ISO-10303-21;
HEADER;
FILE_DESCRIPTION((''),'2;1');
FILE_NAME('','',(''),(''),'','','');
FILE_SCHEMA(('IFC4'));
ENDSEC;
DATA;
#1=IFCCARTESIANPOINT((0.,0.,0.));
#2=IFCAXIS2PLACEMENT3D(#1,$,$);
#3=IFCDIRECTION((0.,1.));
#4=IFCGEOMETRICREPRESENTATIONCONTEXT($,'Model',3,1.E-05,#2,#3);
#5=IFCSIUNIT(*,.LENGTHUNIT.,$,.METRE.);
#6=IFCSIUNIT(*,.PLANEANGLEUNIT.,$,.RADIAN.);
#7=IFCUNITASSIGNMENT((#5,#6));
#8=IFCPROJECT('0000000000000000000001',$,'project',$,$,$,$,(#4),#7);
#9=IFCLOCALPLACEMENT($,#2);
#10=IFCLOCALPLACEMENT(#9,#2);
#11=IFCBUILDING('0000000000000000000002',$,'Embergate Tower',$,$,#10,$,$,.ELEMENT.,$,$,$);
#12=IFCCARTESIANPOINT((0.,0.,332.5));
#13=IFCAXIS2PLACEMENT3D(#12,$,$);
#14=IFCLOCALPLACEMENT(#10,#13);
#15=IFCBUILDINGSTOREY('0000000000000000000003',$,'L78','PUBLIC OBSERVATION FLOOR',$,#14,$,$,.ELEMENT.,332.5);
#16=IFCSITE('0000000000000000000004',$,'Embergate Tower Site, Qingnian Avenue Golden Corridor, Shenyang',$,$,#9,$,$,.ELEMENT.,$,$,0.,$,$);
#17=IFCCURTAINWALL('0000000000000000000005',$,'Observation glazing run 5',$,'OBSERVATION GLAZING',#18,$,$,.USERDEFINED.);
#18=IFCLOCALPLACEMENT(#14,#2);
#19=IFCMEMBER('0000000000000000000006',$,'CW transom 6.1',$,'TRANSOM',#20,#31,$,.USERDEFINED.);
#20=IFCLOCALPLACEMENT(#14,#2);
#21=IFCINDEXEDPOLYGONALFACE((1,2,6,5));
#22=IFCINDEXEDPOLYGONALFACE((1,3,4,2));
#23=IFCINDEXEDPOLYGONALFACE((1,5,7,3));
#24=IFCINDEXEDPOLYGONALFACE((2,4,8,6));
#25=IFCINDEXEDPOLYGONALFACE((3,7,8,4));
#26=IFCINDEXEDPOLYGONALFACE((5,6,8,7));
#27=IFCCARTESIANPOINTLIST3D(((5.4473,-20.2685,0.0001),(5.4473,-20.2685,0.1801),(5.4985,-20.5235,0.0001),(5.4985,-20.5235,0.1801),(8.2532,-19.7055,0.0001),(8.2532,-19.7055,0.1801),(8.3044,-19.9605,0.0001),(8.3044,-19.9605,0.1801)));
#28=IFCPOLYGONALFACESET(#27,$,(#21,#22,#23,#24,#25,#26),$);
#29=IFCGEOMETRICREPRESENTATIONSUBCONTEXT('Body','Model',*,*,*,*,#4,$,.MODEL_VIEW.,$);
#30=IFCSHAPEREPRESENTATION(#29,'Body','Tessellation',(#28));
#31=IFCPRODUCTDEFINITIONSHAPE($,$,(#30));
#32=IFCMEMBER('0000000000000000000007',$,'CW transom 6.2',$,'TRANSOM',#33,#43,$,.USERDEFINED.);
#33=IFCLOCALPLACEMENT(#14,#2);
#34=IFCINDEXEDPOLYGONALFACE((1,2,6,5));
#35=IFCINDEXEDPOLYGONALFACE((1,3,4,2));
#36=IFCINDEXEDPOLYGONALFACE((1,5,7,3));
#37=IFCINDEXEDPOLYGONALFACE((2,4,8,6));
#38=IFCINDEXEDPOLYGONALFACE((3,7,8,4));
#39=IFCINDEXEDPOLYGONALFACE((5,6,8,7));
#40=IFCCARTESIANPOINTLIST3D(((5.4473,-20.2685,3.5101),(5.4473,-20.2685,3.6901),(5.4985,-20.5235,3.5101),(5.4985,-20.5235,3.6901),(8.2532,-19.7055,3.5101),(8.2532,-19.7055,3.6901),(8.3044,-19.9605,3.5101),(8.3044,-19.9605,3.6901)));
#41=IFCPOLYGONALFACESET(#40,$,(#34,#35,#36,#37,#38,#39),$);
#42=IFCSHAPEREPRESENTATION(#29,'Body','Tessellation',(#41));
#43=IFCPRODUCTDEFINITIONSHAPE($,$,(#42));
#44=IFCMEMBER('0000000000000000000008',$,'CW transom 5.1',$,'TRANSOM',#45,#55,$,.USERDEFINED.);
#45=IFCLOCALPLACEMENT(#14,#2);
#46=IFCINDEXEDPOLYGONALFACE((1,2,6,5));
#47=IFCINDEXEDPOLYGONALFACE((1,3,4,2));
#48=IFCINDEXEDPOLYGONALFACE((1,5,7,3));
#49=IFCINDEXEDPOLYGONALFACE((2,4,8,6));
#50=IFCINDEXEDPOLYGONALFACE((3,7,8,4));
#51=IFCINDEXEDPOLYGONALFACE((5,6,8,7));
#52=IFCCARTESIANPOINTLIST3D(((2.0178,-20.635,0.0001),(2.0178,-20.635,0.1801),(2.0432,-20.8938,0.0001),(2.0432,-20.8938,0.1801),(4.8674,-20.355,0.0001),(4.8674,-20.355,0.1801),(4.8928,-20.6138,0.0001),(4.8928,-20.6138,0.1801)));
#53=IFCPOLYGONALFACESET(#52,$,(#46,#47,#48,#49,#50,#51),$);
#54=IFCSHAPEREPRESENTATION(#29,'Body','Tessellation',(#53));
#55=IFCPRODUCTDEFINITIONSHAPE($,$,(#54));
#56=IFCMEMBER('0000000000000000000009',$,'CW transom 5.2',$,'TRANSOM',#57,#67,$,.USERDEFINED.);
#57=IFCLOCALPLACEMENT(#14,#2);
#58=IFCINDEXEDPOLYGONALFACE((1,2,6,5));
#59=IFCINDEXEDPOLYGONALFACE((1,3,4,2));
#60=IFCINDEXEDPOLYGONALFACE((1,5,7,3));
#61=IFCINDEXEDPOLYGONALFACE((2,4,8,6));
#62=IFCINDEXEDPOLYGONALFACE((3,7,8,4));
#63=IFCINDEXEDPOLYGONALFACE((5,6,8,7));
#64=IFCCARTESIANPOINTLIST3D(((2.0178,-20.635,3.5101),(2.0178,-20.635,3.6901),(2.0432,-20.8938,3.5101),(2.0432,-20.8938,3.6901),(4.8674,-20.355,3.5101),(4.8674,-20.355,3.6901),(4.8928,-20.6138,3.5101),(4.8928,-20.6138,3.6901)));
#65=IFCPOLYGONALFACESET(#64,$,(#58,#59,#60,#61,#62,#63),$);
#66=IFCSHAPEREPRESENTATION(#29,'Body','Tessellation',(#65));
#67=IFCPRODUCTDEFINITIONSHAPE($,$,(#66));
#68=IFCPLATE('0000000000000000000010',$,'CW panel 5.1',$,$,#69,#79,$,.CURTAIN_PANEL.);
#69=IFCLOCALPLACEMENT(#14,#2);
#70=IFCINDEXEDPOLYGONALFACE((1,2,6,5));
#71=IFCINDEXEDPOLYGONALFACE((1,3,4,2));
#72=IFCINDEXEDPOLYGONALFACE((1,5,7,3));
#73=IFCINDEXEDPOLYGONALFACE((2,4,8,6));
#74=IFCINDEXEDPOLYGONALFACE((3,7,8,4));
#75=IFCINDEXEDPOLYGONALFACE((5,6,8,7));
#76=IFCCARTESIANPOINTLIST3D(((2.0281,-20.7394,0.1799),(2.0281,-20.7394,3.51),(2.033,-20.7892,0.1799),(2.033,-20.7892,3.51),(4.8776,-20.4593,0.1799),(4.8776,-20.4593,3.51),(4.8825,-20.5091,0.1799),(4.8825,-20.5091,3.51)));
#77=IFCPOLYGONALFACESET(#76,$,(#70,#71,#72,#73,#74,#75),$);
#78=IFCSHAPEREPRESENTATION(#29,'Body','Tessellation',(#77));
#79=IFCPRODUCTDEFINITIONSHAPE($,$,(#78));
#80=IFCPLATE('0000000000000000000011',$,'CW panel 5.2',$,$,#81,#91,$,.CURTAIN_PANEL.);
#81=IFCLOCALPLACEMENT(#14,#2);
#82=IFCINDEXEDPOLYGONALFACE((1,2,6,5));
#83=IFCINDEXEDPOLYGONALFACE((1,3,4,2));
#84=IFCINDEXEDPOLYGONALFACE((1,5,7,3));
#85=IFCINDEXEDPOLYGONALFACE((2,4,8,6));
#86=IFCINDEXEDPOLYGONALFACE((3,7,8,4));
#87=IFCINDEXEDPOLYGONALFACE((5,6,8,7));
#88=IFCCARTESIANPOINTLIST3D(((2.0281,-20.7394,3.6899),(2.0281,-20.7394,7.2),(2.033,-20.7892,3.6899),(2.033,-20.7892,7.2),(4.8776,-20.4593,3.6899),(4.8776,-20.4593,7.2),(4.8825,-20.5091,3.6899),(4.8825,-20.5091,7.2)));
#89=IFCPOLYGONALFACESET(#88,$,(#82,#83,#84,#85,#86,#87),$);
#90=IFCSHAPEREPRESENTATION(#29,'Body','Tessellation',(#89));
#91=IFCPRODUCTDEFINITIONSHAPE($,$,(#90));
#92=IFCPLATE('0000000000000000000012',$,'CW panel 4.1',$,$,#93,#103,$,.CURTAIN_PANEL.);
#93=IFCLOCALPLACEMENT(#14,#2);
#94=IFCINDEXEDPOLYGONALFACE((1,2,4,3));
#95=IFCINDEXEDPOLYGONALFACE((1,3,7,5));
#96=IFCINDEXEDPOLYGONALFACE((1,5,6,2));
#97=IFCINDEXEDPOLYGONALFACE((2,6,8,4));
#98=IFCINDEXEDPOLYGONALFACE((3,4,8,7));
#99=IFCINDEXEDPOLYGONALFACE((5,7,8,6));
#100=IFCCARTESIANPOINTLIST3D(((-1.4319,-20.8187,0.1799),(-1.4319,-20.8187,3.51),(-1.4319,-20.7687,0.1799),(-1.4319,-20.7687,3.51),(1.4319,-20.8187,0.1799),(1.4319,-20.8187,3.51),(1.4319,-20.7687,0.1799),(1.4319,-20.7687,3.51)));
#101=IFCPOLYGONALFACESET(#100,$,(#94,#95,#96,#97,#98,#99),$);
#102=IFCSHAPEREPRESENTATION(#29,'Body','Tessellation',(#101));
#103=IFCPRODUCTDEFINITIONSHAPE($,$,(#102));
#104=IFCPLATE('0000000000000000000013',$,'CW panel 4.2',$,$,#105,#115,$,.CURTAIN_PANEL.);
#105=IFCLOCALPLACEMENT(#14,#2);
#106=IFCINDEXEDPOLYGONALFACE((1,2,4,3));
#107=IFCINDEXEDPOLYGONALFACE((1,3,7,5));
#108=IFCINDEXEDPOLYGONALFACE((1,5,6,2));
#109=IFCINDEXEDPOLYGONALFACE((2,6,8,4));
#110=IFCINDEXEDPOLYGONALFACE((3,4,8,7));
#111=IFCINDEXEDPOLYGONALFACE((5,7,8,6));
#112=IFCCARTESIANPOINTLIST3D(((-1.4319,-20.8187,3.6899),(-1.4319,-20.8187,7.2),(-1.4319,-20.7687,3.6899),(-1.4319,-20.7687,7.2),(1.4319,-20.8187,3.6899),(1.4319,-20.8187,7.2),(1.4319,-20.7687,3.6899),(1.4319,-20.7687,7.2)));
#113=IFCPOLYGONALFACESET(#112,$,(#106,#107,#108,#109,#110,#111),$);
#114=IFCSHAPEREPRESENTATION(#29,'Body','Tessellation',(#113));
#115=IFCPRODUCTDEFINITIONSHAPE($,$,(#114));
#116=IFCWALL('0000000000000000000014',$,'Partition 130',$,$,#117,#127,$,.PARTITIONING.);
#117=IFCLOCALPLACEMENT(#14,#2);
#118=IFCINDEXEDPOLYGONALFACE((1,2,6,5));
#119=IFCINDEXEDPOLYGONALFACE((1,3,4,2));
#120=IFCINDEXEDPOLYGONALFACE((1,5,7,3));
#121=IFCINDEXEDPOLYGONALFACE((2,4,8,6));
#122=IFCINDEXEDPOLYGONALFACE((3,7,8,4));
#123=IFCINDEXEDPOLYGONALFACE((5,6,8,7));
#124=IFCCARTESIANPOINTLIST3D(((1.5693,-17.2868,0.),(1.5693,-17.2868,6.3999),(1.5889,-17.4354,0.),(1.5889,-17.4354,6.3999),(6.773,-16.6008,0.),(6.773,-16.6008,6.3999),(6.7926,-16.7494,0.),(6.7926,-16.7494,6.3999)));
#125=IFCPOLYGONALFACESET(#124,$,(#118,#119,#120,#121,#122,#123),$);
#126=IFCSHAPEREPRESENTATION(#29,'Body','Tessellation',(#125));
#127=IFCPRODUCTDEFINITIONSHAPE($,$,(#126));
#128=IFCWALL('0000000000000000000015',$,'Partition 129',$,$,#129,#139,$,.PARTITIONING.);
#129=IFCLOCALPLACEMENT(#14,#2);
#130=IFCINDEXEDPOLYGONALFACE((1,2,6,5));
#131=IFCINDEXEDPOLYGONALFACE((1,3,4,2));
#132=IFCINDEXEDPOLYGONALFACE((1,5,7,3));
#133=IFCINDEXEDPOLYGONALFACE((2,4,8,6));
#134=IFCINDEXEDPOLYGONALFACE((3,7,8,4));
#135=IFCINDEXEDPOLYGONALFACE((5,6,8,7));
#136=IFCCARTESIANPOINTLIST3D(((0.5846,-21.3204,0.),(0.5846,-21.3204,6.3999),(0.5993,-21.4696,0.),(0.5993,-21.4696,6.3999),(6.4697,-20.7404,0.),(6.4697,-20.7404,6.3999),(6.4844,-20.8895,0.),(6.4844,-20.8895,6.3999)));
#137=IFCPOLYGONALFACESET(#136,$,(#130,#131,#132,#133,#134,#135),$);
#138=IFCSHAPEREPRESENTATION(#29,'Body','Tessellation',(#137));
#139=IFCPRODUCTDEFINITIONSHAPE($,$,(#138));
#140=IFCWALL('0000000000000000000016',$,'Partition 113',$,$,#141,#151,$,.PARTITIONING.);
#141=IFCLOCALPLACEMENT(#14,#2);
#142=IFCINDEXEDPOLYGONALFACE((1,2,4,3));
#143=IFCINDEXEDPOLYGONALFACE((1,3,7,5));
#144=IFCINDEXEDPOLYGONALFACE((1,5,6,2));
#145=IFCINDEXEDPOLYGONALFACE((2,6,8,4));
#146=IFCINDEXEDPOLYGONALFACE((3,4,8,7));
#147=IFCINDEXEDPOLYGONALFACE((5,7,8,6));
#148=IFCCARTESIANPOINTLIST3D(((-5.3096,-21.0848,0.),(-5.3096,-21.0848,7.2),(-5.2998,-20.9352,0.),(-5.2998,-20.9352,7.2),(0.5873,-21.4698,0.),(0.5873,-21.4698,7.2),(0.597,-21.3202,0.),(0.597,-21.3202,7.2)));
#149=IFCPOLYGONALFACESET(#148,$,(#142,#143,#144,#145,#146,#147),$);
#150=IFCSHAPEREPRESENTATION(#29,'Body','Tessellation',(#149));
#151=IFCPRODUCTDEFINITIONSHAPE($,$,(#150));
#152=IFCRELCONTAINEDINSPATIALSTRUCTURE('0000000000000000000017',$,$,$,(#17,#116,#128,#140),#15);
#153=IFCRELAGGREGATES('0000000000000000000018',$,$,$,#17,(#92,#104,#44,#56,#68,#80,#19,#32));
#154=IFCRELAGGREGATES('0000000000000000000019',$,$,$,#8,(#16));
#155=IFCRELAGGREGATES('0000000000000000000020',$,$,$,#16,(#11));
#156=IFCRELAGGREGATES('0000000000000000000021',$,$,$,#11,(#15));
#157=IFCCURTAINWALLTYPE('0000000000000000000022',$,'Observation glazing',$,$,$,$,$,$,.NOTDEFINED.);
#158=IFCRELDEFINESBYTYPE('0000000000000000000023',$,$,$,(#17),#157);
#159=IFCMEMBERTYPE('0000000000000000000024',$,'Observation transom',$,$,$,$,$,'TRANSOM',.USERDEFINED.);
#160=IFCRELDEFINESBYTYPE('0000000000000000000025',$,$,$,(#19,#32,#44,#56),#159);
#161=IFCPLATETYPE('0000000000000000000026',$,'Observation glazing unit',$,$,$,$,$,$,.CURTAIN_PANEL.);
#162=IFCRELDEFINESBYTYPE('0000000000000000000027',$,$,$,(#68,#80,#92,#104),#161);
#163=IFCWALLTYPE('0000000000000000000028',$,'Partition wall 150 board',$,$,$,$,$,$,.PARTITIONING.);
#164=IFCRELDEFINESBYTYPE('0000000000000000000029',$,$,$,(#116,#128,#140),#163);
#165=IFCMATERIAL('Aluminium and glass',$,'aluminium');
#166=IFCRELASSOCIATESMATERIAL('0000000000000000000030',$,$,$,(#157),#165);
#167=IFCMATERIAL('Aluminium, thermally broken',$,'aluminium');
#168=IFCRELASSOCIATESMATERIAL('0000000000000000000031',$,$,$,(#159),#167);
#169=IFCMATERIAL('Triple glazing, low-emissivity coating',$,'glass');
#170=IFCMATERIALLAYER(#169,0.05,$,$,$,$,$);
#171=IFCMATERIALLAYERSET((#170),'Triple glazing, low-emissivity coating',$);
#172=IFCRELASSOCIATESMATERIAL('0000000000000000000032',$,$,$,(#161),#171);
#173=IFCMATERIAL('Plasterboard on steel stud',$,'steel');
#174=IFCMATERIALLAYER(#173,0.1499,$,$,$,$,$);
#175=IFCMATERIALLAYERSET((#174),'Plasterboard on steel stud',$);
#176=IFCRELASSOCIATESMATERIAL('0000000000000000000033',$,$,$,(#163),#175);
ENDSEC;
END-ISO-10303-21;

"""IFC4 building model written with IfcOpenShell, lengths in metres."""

from ifc_helpers import new_model, si_unit, direction, frame, frame_2d, origin, origin_2d, place, context, subcontext, project, spatial, rectangle, extrude, source, transform, mapped, material, layer, layer_set, material_profile, profile_set, type_object, element, aggregate, save


model = new_model("IFC4")

# Units and contexts
model_context = context("Model", 3, precision=1e-05, world=origin(), true_north=direction((0.0, 1.0)))
body_context = subcontext(model_context, "Body", "Model", "MODEL_VIEW")
ifc_project = project(units=[si_unit("LENGTHUNIT", "METRE"), si_unit("PLANEANGLEUNIT", "RADIAN")], contexts=[model_context])

# Site, building, storey
site_placement = place(None, origin())
site = spatial("IfcSite", under=ifc_project, at=site_placement, Name="Embergate Tower Site, Qingnian Avenue Golden Corridor, Shenyang", CompositionType="ELEMENT", RefElevation=0.0)
building_placement = place(site_placement, origin())
building = spatial("IfcBuilding", under=site, at=building_placement, Name="Embergate Tower", CompositionType="ELEMENT")
storey_placement = place(building_placement, frame((0.0, 0.0, 332.5)))
storey = spatial("IfcBuildingStorey", under=building, at=storey_placement, Name="L78", Description="PUBLIC OBSERVATION FLOOR", CompositionType="ELEMENT", Elevation=332.5)

# Curtain wall, members, plates
ifc_material_1 = material(Name="Aluminium and glass", Category="aluminium")
curtain_wall_type = type_object("IfcCurtainWallType", Name="Observation glazing", PredefinedType="NOTDEFINED", material=ifc_material_1)
curtain_wall_placement = place(storey_placement, origin())
curtain_wall = element("IfcCurtainWall", 1, at=curtain_wall_placement, inside=storey, type_object=curtain_wall_type, Name="Observation glazing run 5", ObjectType="OBSERVATION GLAZING", PredefinedType="USERDEFINED")
ifc_material_2 = material(Name="Aluminium, thermally broken", Category="aluminium")
ifc_material_profile_1 = material_profile(ifc_material_2, rectangle(XDim=0.26, YDim=0.1799, at=origin_2d()), Name="AL 180x260")
ifc_profile_set_1 = profile_set([ifc_material_profile_1], Name="Aluminium, thermally broken")
member_type_1 = type_object("IfcMemberType", Name="Observation transom", ElementType="TRANSOM", PredefinedType="USERDEFINED", material=ifc_profile_set_1)
shared_shape_1 = source(origin(), body_context, "Body", "SweptSolid", [
    extrude(rectangle(XDim=0.26, YDim=0.1799, at=origin_2d()), origin(), (0.0, 0.0, 1.0), 2.8618),
])
member_1_placement = place(storey_placement, frame((5.4729, -20.396, 0.0901), z_axis=(0.980459, 0.196723, 0.0), x_axis=(-0.196723, 0.980459, 0.0)))
member_1 = element("IfcMember", 2, at=member_1_placement, type_object=member_type_1, Name="CW transom 6.1", ObjectType="TRANSOM", PredefinedType="USERDEFINED", context=body_context, shape_type="MappedRepresentation", body=[
    mapped(shared_shape_1, transform((0.0, 0.0, 0.0))),
])
member_2_placement = place(storey_placement, frame((5.4729, -20.396, 3.6001), z_axis=(0.980459, 0.196723, 0.0), x_axis=(-0.196723, 0.980459, 0.0)))
member_2 = element("IfcMember", 3, at=member_2_placement, type_object=member_type_1, Name="CW transom 6.2", ObjectType="TRANSOM", PredefinedType="USERDEFINED", context=body_context, shape_type="MappedRepresentation", body=[
    mapped(shared_shape_1, transform((0.0, 0.0, 0.0))),
])
shared_shape_2 = source(origin(), body_context, "Body", "SweptSolid", [
    extrude(rectangle(XDim=0.26, YDim=0.1799, at=origin_2d()), origin(), (0.0, 0.0, 1.0), 2.8633),
])
member_3_placement = place(storey_placement, frame((2.0305, -20.7644, 0.0901), z_axis=(0.995206, 0.097798, 0.0), x_axis=(-0.097798, 0.995206, 0.0)))
member_3 = element("IfcMember", 4, at=member_3_placement, type_object=member_type_1, Name="CW transom 5.1", ObjectType="TRANSOM", PredefinedType="USERDEFINED", context=body_context, shape_type="MappedRepresentation", body=[
    mapped(shared_shape_2, transform((0.0, 0.0, 0.0))),
])
member_4_placement = place(storey_placement, frame((2.0305, -20.7644, 3.6001), z_axis=(0.995206, 0.097798, 0.0), x_axis=(-0.097798, 0.995206, 0.0)))
member_4 = element("IfcMember", 5, at=member_4_placement, type_object=member_type_1, Name="CW transom 5.2", ObjectType="TRANSOM", PredefinedType="USERDEFINED", context=body_context, shape_type="MappedRepresentation", body=[
    mapped(shared_shape_2, transform((0.0, 0.0, 0.0))),
])
ifc_material_3 = material(Name="Triple glazing, low-emissivity coating", Category="glass")
ifc_layer_1 = layer(ifc_material_3, 0.05)
ifc_layer_set_1 = layer_set([ifc_layer_1], Name="Triple glazing, low-emissivity coating")
plate_type = type_object("IfcPlateType", Name="Observation glazing unit", PredefinedType="CURTAIN_PANEL", material=ifc_layer_set_1)
shared_shape_3 = source(origin(), body_context, "Body", "SweptSolid", [
    extrude(rectangle(XDim=2.8633, YDim=0.05, at=origin_2d()), origin(), (0.0, 0.0, 1.0), 3.3301),
])
plate_1_placement = place(storey_placement, frame((3.4553, -20.6243, 0.1799), z_axis=(0.0, 0.0, 1.0), x_axis=(0.995203, 0.097828, 0.0)))
plate_1 = element("IfcPlate", 6, at=plate_1_placement, type_object=plate_type, Name="CW panel 5.1", PredefinedType="CURTAIN_PANEL", context=body_context, shape_type="MappedRepresentation", body=[
    mapped(shared_shape_3, transform((0.0, 0.0, 0.0))),
])
shared_shape_4 = source(origin(), body_context, "Body", "SweptSolid", [
    extrude(rectangle(XDim=2.8633, YDim=0.05, at=origin_2d()), origin(), (0.0, 0.0, 1.0), 3.51),
])
plate_2_placement = place(storey_placement, frame((3.4553, -20.6243, 3.6899), z_axis=(0.0, 0.0, 1.0), x_axis=(0.995203, 0.097828, 0.0)))
plate_2 = element("IfcPlate", 7, at=plate_2_placement, type_object=plate_type, Name="CW panel 5.2", PredefinedType="CURTAIN_PANEL", context=body_context, shape_type="MappedRepresentation", body=[
    mapped(shared_shape_4, transform((0.0, 0.0, 0.0))),
])
shared_shape_5 = source(origin(), body_context, "Body", "SweptSolid", [
    extrude(rectangle(XDim=2.8638, YDim=0.05, at=origin_2d()), origin(), (0.0, 0.0, 1.0), 3.3301),
])
plate_3_placement = place(storey_placement, frame((0.0, -20.7937, 0.1799), z_axis=(0.0, 0.0, 1.0), x_axis=(1.0, 0.0, 0.0)))
plate_3 = element("IfcPlate", 8, at=plate_3_placement, type_object=plate_type, Name="CW panel 4.1", PredefinedType="CURTAIN_PANEL", context=body_context, shape_type="MappedRepresentation", body=[
    mapped(shared_shape_5, transform((0.0, 0.0, 0.0))),
])
shared_shape_6 = source(origin(), body_context, "Body", "SweptSolid", [
    extrude(rectangle(XDim=2.8638, YDim=0.05, at=origin_2d()), origin(), (0.0, 0.0, 1.0), 3.51),
])
plate_4_placement = place(storey_placement, frame((0.0, -20.7937, 3.6899), z_axis=(0.0, 0.0, 1.0), x_axis=(1.0, 0.0, 0.0)))
plate_4 = element("IfcPlate", 9, at=plate_4_placement, type_object=plate_type, Name="CW panel 4.2", PredefinedType="CURTAIN_PANEL", context=body_context, shape_type="MappedRepresentation", body=[
    mapped(shared_shape_6, transform((0.0, 0.0, 0.0))),
])
aggregate(curtain_wall, [plate_3, plate_4, member_3, member_4, plate_1, plate_2, member_1, member_2])

# Walls
ifc_material_4 = material(Name="Plasterboard on steel stud", Category="steel")
ifc_layer_2 = layer(ifc_material_4, 0.1499)
ifc_layer_set_2 = layer_set([ifc_layer_2], Name="Plasterboard on steel stud")
wall_type = type_object("IfcWallType", Name="Partition wall 150 board", PredefinedType="PARTITIONING", material=ifc_layer_set_2)
shared_shape_7 = source(origin(), body_context, "Body", "SweptSolid", [
    extrude(rectangle(XDim=5.2488, YDim=0.1499, at=frame_2d((2.6245, 0.0))), origin(), (0.0, 0.0, 1.0), 6.3999),
])
wall_1_placement = place(storey_placement, frame((6.783, -16.675, 0.0), z_axis=(0.0, 0.0, 1.0), x_axis=(-0.991422, -0.130701, 0.0)))
element("IfcWall", 10, at=wall_1_placement, inside=storey, type_object=wall_type, Name="Partition 130", PredefinedType="PARTITIONING", context=body_context, shape_type="MappedRepresentation", body=[
    mapped(shared_shape_7, transform((0.0, 0.0, 0.0))),
])
shared_shape_8 = source(origin(), body_context, "Body", "SweptSolid", [
    extrude(rectangle(XDim=5.9136, YDim=0.1499, at=frame_2d((2.9568, 0.0))), origin(), (0.0, 0.0, 1.0), 6.3999),
])
wall_2_placement = place(storey_placement, frame((6.4771, -20.8149, 0.0), z_axis=(0.0, 0.0, 1.0), x_axis=(-0.995177, -0.098093, 0.0)))
element("IfcWall", 11, at=wall_2_placement, inside=storey, type_object=wall_type, Name="Partition 129", PredefinedType="PARTITIONING", context=body_context, shape_type="MappedRepresentation", body=[
    mapped(shared_shape_8, transform((0.0, 0.0, 0.0))),
])
shared_shape_9 = source(origin(), body_context, "Body", "SweptSolid", [
    extrude(rectangle(XDim=5.9094, YDim=0.1499, at=frame_2d((2.9546, 0.0))), origin(), (0.0, 0.0, 1.0), 7.2),
])
wall_3_placement = place(storey_placement, frame((0.592, -21.395, 0.0), z_axis=(0.0, 0.0, 1.0), x_axis=(-0.997875, 0.065151, 0.0)))
element("IfcWall", 12, at=wall_3_placement, inside=storey, type_object=wall_type, Name="Partition 113", PredefinedType="PARTITIONING", context=body_context, shape_type="MappedRepresentation", body=[
    mapped(shared_shape_9, transform((0.0, 0.0, 0.0))),
])

save(model, "model.ifc")
